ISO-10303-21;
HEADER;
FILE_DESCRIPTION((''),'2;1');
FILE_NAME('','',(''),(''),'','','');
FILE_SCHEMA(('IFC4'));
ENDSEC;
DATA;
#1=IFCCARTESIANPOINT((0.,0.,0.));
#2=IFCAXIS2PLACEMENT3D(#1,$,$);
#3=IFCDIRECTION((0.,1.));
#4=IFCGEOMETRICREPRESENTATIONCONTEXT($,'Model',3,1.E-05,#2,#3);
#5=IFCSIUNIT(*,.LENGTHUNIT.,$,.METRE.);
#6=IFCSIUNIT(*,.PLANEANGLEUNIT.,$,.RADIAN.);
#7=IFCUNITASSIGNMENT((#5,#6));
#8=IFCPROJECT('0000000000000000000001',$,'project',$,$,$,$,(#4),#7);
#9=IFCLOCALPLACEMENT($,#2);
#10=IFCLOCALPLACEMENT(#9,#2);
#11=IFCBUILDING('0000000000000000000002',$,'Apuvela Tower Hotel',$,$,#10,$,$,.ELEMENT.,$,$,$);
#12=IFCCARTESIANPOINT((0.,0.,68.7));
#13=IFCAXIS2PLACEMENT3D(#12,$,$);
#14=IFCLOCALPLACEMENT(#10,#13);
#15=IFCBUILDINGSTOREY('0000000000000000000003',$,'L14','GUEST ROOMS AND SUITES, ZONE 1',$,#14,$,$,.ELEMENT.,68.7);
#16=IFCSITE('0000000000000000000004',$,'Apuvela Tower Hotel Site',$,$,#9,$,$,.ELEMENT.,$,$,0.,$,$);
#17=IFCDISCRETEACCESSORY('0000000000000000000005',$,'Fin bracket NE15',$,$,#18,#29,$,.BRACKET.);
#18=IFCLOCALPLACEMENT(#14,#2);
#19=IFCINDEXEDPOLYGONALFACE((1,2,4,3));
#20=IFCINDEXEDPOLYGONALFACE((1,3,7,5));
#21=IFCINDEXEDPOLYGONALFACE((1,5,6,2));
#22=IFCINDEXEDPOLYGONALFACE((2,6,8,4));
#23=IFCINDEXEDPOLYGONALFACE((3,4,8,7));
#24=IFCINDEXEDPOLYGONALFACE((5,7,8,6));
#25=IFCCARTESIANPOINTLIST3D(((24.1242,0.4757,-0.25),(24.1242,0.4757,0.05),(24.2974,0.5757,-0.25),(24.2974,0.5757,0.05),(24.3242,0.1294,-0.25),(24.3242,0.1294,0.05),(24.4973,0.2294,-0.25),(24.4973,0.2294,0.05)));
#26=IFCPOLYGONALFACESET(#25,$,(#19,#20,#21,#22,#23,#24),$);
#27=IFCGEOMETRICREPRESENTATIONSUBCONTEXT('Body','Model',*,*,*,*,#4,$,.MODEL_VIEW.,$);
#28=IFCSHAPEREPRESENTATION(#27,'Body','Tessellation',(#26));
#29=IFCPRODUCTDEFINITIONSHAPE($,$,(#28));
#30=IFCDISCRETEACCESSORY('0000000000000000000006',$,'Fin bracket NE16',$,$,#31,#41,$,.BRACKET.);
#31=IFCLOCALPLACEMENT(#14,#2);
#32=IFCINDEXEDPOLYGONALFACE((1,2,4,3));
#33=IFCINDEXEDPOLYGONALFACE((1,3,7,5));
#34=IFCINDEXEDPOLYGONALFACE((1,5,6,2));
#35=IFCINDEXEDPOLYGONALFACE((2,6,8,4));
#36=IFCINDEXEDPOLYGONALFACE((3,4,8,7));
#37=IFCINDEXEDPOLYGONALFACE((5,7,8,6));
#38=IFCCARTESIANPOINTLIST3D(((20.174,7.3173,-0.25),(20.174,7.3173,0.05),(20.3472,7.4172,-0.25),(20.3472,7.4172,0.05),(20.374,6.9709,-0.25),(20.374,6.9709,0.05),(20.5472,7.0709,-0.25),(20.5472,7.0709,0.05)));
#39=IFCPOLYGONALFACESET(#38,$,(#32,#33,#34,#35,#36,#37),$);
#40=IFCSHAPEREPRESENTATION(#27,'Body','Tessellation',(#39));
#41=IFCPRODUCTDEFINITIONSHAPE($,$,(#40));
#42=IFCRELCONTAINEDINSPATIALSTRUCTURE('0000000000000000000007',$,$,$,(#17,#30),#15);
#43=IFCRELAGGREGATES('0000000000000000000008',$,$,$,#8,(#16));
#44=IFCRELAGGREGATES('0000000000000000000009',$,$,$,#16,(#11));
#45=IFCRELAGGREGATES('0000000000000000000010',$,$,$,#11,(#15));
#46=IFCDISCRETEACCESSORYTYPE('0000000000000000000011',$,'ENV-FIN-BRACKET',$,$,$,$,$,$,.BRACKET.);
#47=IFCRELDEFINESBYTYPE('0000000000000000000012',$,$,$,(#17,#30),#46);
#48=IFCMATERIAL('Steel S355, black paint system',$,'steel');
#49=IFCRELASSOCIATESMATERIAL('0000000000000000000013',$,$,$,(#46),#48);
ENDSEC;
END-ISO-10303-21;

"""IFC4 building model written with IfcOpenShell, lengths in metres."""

from ifc_helpers import new_model, si_unit, direction, frame, origin, origin_2d, place, context, subcontext, project, spatial, rectangle, extrude, material, type_object, element, save


model = new_model("IFC4")

# Units and contexts
model_context = context("Model", 3, precision=1e-05, world=origin(), true_north=direction((0.0, 1.0)))
body_context = subcontext(model_context, "Body", "Model", "MODEL_VIEW")
ifc_project = project(units=[si_unit("LENGTHUNIT", "METRE"), si_unit("PLANEANGLEUNIT", "RADIAN")], contexts=[model_context])

# Site, building, storey
site_placement = place(None, origin())
site = spatial("IfcSite", under=ifc_project, at=site_placement, Name="Apuvela Tower Hotel Site", CompositionType="ELEMENT", RefElevation=0.0)
building_placement = place(site_placement, origin())
building = spatial("IfcBuilding", under=site, at=building_placement, Name="Apuvela Tower Hotel", CompositionType="ELEMENT")
storey_placement = place(building_placement, frame((0.0, 0.0, 68.7)))
storey = spatial("IfcBuildingStorey", under=building, at=storey_placement, Name="L14", Description="GUEST ROOMS AND SUITES, ZONE 1", CompositionType="ELEMENT", Elevation=68.7)

# Discrete accessories
ifc_material_1 = material(Name="Steel S355, black paint system", Category="steel")
discrete_accessory_type = type_object("IfcDiscreteAccessoryType", Name="ENV-FIN-BRACKET", PredefinedType="BRACKET", material=ifc_material_1)
for number, where, z_axis, x_axis, name in (
    (1, (24.3108, 0.3525, -0.25), (0.0, 0.0, 1.0), (-0.5, 0.866025, 0.0), "Fin bracket NE15"),
    (2, (20.3606, 7.1941, -0.25), (0.0, 0.0, 1.0), (-0.5, 0.866025, 0.0), "Fin bracket NE16"),
):
    element("IfcDiscreteAccessory", number, at=place(storey_placement, frame(where, z_axis=z_axis, x_axis=x_axis)), inside=storey, type_object=discrete_accessory_type, Name=name, PredefinedType="BRACKET", context=body_context, shape_type="SweptSolid", body=[
        extrude(rectangle(XDim=0.3999, YDim=0.2, at=origin_2d()), origin(), (0.0, 0.0, 1.0), 0.3),
    ])

save(model, "model.ifc")
